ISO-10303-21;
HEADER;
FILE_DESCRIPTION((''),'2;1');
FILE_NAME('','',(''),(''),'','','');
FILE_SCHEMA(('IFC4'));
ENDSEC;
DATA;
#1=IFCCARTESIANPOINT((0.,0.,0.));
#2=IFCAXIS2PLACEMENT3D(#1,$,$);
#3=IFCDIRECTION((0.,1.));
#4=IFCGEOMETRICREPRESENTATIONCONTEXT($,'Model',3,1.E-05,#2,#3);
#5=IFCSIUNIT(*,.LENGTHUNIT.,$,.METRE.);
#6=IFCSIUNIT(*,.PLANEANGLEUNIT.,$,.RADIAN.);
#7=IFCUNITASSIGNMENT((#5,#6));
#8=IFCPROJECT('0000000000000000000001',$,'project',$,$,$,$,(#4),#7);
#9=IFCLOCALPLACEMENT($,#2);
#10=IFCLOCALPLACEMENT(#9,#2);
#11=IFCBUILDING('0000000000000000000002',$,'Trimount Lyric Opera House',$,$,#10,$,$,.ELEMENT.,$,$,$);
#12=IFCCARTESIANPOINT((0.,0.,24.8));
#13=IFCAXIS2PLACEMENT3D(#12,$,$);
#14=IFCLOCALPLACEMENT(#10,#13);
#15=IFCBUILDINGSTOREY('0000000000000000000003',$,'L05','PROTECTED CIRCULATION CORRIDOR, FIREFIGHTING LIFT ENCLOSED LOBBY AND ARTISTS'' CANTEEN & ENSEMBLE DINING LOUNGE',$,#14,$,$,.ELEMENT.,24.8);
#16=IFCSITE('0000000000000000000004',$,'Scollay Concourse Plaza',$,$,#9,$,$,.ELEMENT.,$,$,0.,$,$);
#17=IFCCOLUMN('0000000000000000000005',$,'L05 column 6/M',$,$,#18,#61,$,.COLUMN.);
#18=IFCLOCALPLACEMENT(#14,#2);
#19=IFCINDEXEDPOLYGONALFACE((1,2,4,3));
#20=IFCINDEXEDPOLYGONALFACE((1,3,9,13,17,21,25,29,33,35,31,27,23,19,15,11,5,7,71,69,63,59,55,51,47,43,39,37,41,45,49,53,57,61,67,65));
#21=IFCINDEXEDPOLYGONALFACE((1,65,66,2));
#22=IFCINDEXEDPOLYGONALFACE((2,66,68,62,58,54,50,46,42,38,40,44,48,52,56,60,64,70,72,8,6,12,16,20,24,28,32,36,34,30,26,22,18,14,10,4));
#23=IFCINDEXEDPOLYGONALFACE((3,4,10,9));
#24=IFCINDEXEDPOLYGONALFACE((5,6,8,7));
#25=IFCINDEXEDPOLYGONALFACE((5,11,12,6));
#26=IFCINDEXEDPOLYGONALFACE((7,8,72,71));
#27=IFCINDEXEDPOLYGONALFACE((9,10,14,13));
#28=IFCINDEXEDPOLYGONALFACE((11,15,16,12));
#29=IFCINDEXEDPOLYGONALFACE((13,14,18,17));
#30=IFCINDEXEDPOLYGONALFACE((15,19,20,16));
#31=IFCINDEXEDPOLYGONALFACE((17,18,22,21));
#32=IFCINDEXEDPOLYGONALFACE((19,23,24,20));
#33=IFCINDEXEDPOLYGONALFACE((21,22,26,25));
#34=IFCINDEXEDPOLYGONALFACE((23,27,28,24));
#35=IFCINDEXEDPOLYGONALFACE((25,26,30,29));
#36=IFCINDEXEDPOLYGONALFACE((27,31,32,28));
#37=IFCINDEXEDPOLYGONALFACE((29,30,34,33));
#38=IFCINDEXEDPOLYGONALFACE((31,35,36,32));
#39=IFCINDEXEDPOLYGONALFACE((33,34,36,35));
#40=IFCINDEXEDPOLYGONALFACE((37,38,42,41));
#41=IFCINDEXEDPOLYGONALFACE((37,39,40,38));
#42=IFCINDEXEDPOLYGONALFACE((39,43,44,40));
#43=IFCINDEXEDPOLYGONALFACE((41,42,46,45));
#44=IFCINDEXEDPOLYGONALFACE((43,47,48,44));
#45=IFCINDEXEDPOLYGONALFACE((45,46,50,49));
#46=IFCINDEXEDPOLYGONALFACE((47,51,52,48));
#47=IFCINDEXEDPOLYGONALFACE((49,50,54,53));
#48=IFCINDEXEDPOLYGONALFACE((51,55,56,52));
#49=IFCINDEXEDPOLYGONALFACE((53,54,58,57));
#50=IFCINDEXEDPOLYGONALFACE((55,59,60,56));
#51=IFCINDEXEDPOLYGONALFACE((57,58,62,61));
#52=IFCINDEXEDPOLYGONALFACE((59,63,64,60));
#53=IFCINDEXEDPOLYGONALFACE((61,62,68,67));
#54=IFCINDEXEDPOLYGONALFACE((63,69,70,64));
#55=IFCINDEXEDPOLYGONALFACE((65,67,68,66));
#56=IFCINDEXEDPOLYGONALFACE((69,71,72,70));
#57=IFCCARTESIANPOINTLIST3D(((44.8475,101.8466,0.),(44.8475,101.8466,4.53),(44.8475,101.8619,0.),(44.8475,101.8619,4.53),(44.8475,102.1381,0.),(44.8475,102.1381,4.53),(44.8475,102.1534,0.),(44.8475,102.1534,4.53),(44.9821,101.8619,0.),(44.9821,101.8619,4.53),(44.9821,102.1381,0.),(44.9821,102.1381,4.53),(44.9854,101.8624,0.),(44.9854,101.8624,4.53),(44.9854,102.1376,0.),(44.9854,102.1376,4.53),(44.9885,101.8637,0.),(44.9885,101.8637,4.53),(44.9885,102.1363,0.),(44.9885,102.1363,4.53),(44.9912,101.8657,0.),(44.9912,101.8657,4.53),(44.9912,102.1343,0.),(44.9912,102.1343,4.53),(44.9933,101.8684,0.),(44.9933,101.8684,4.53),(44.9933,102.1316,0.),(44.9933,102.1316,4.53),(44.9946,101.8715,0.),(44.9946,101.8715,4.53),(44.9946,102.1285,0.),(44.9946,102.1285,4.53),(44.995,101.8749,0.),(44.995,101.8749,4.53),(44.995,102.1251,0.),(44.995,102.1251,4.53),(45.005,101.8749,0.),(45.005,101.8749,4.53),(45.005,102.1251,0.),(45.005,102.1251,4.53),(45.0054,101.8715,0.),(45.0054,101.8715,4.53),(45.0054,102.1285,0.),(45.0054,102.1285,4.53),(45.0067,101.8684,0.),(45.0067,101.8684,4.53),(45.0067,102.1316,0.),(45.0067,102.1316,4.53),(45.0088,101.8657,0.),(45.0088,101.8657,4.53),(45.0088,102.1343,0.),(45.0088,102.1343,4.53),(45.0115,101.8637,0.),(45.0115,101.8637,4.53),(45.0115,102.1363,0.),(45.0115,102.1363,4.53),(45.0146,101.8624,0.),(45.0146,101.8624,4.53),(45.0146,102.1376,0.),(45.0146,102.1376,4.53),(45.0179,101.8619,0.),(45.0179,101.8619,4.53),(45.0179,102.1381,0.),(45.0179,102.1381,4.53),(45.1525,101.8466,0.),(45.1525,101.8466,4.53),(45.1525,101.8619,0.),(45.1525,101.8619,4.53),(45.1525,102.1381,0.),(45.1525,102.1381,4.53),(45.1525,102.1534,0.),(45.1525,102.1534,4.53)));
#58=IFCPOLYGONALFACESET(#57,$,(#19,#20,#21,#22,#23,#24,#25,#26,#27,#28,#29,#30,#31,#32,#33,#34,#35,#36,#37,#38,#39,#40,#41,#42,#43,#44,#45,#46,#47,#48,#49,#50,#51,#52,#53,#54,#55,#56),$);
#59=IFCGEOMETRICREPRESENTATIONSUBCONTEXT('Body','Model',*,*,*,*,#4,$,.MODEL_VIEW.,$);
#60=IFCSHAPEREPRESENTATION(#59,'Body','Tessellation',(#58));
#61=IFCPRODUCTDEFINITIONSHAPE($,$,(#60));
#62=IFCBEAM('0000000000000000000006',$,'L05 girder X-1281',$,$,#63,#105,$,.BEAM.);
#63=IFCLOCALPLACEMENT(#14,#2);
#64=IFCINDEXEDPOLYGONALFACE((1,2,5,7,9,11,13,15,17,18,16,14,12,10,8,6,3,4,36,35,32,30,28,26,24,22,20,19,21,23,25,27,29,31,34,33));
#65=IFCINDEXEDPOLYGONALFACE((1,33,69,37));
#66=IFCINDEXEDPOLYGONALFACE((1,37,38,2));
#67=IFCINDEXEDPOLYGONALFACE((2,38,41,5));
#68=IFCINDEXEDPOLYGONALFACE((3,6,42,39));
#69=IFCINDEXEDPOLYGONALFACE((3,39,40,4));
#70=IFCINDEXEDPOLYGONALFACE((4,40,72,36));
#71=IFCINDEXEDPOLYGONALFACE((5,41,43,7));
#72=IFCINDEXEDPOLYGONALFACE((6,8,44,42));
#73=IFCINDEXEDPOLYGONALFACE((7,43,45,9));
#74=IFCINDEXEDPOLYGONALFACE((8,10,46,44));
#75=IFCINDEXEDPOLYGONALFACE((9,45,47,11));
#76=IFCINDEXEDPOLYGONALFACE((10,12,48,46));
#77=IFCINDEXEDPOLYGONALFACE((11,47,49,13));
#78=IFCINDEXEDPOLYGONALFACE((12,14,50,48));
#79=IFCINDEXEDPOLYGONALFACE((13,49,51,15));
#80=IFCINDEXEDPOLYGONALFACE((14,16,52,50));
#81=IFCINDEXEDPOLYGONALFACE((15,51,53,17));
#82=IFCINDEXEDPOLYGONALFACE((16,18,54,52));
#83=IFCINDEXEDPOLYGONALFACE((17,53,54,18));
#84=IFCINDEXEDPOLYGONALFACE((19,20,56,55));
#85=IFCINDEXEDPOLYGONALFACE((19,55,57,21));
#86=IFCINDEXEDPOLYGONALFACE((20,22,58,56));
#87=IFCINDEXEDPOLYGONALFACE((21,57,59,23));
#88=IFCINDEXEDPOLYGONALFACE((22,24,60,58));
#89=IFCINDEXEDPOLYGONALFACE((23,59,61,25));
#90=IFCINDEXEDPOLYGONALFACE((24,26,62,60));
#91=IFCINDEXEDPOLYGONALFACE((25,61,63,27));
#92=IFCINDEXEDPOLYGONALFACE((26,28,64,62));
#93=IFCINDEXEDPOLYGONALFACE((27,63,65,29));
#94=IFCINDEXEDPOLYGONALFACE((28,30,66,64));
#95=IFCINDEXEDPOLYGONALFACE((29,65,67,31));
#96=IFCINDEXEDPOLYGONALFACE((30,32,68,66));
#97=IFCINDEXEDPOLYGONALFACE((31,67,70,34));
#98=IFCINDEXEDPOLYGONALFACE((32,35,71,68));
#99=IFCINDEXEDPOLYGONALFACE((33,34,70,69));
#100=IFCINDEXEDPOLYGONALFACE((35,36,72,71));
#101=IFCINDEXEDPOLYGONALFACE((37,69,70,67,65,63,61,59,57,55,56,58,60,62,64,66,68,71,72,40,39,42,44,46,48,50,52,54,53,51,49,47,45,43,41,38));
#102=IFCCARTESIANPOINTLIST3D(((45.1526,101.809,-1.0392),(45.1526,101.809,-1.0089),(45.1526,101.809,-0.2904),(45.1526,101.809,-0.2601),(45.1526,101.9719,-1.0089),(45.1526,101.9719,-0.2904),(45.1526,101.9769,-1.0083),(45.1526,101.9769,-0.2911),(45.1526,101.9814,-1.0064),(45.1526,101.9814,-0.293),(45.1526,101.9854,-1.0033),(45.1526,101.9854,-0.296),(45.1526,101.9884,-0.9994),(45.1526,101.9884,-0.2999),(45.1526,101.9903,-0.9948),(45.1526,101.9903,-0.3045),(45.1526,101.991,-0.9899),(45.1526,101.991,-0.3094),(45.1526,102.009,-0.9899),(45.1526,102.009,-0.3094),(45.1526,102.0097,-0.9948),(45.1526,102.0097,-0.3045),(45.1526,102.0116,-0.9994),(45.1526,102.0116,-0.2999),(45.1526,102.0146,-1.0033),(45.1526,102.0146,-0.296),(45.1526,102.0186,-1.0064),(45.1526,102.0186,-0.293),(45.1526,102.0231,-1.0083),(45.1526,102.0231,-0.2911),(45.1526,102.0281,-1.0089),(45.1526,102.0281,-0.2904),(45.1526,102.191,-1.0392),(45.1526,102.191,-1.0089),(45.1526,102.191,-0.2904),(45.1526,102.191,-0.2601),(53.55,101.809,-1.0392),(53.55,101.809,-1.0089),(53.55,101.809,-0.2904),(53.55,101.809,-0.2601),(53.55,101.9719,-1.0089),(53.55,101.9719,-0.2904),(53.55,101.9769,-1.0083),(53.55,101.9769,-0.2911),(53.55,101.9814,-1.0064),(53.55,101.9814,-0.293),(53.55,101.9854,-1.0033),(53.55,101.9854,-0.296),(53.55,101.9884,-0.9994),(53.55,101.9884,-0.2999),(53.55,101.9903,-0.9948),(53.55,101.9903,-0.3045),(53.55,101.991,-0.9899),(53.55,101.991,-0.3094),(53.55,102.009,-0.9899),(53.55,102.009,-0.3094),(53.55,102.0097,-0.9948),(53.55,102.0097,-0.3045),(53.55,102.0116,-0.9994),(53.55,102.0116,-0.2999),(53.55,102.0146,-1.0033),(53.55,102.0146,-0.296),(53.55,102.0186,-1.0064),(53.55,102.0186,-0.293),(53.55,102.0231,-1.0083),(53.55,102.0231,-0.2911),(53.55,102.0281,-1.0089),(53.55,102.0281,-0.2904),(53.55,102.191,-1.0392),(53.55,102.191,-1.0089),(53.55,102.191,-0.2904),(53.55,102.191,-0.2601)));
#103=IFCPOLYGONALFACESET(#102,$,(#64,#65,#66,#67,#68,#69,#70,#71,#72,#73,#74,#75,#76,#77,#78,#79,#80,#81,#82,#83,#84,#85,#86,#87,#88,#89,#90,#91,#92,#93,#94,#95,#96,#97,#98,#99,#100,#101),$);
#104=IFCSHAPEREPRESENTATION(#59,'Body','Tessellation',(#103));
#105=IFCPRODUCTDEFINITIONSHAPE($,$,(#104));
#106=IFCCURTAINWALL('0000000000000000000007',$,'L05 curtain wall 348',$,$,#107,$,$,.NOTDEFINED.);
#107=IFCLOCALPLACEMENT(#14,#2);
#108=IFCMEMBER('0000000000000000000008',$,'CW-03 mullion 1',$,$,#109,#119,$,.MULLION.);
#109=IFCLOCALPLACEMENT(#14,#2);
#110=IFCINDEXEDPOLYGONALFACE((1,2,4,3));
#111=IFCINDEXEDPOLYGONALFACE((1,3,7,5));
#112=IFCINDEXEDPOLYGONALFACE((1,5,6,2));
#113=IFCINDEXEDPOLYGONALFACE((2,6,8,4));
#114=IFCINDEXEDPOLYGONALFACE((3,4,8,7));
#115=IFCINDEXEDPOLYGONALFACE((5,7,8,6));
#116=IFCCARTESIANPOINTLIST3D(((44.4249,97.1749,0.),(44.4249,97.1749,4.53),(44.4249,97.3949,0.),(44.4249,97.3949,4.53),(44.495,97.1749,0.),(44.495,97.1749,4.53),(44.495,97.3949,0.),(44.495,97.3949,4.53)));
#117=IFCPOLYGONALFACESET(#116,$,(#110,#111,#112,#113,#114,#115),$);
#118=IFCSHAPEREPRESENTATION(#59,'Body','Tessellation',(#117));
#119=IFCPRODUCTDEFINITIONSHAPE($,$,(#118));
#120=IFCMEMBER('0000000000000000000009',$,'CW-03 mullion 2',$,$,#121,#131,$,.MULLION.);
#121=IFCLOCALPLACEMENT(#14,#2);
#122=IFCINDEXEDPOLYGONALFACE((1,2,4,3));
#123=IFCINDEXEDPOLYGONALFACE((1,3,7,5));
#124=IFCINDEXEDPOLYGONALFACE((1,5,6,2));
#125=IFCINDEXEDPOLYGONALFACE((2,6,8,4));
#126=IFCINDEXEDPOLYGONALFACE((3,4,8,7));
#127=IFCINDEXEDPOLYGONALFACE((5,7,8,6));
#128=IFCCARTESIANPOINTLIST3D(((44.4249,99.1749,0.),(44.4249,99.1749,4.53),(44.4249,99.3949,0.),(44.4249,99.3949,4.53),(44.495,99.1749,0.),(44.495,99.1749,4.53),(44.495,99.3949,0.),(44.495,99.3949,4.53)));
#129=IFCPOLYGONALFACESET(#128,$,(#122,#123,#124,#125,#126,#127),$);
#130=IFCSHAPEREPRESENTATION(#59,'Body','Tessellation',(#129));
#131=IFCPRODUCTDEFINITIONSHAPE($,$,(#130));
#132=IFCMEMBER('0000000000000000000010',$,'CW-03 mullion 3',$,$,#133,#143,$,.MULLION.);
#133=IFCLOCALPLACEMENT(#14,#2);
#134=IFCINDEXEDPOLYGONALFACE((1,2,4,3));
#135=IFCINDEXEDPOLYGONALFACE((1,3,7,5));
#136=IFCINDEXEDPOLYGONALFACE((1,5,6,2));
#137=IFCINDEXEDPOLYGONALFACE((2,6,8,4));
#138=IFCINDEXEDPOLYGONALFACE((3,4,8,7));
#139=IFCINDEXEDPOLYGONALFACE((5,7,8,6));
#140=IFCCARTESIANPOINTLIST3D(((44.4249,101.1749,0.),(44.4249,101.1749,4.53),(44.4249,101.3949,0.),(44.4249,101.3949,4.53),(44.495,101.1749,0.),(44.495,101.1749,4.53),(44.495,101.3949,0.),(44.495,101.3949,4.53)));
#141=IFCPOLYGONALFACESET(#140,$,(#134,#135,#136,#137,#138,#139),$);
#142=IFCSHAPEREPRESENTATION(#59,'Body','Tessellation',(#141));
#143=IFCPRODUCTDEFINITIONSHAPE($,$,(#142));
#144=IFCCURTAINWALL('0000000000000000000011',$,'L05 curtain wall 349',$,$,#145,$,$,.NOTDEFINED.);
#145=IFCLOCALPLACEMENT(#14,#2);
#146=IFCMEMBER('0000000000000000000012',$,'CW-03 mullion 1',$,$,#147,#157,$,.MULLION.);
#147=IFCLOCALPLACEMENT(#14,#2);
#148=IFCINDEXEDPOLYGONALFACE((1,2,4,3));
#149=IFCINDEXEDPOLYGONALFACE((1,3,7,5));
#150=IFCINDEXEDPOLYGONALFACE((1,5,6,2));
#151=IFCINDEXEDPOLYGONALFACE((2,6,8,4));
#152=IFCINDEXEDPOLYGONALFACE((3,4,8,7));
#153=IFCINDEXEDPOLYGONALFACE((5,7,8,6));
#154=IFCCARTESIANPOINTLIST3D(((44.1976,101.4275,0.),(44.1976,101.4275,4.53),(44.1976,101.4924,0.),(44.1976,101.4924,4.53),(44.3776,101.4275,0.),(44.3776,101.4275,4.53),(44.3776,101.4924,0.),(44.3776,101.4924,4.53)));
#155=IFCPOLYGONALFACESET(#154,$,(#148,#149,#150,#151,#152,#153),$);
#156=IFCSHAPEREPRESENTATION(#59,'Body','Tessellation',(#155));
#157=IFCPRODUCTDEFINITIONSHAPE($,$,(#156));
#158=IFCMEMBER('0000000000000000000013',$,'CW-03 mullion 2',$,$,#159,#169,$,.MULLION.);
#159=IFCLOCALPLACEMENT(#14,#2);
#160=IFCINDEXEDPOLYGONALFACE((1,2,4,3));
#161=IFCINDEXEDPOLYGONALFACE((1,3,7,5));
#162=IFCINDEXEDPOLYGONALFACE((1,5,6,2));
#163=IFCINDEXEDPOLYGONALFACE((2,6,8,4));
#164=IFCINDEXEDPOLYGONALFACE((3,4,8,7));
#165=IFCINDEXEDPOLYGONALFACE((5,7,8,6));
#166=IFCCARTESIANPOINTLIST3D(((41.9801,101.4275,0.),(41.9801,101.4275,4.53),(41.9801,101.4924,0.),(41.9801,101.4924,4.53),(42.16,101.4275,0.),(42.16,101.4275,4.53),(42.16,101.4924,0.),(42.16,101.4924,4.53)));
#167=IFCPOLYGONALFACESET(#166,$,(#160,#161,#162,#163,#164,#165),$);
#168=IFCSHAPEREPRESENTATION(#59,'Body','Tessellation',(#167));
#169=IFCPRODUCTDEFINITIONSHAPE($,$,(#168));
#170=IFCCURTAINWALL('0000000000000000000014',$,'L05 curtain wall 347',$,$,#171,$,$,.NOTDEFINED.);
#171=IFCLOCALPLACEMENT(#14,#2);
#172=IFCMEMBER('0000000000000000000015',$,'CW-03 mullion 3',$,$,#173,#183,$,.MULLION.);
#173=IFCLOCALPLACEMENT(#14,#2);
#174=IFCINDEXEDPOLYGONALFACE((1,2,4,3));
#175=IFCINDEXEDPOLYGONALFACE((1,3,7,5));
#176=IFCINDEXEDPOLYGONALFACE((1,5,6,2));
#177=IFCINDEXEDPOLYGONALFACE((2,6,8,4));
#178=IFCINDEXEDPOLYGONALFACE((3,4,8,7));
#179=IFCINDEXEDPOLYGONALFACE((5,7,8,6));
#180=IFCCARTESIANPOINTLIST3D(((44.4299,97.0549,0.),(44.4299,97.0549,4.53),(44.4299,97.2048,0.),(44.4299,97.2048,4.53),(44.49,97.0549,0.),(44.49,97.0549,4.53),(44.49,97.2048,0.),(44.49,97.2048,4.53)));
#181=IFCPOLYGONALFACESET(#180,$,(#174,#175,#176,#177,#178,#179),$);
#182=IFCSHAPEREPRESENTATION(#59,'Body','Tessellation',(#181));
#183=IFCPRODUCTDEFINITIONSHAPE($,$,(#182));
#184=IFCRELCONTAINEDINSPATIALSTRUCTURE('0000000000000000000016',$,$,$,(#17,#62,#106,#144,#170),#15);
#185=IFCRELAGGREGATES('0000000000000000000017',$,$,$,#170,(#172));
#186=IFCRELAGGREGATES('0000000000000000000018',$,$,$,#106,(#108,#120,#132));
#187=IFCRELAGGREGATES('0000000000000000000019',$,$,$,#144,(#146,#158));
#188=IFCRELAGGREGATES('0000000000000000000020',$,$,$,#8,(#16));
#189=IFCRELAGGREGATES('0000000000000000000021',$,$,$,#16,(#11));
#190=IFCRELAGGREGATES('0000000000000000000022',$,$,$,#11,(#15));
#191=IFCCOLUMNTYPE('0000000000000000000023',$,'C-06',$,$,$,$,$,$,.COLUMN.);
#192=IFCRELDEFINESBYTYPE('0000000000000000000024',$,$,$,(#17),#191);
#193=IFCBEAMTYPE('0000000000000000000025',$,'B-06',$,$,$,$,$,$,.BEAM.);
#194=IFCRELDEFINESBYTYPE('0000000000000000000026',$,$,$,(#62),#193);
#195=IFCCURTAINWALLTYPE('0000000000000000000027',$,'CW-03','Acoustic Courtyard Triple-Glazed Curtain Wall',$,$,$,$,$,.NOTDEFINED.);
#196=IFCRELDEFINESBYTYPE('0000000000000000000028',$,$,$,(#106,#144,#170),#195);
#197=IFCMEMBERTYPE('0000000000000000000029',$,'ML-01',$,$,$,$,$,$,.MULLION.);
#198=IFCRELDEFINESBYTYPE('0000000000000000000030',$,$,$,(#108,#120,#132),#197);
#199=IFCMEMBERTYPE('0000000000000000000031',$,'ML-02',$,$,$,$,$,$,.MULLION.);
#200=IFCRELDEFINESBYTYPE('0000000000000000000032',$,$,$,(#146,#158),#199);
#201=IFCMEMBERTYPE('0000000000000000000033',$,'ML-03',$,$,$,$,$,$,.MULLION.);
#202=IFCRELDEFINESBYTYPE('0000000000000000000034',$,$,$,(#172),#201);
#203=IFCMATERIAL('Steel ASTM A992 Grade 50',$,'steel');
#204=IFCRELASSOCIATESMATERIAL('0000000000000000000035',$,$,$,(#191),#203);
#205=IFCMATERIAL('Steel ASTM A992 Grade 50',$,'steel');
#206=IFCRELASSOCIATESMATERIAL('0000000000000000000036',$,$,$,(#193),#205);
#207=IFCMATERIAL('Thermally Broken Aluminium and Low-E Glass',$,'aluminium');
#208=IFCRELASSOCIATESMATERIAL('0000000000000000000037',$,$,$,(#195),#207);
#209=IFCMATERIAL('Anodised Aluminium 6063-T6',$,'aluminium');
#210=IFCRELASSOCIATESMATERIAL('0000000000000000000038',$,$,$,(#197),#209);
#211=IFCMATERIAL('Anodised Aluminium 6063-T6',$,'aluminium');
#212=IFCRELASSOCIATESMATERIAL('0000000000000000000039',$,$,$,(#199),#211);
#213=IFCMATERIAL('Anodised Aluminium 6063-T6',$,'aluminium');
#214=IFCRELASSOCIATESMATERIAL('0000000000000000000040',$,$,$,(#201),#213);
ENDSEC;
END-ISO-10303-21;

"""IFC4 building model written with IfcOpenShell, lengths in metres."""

from ifc_helpers import new_model, si_unit, direction, frame, origin, origin_2d, place, context, subcontext, project, spatial, rectangle, i_section, extrude, material, material_profile, profile_set, type_object, element, aggregate, save


model = new_model("IFC4")

# Units and contexts
model_context = context("Model", 3, precision=1e-05, world=origin(), true_north=direction((0.0, 1.0)))
body_context = subcontext(model_context, "Body", "Model", "MODEL_VIEW")
ifc_project = project(units=[si_unit("LENGTHUNIT", "METRE"), si_unit("PLANEANGLEUNIT", "RADIAN")], contexts=[model_context])

# Site, building, storey
site_placement = place(None, origin())
site = spatial("IfcSite", under=ifc_project, at=site_placement, Name="Scollay Concourse Plaza", CompositionType="ELEMENT", RefElevation=0.0)
building_placement = place(site_placement, origin())
building = spatial("IfcBuilding", under=site, at=building_placement, Name="Trimount Lyric Opera House", CompositionType="ELEMENT")
storey_placement = place(building_placement, frame((0.0, 0.0, 24.8)))
storey = spatial("IfcBuildingStorey", under=building, at=storey_placement, Name="L05", Description="PROTECTED CIRCULATION CORRIDOR, FIREFIGHTING LIFT ENCLOSED LOBBY AND ARTISTS' CANTEEN & ENSEMBLE DINING LOUNGE", CompositionType="ELEMENT", Elevation=24.8)

# Column
ifc_material_1 = material(Name="Steel ASTM A992 Grade 50", Category="steel")
ifc_material_profile_1 = material_profile(ifc_material_1, i_section(OverallWidth=0.3049, OverallDepth=0.3069, WebThickness=0.01, FlangeThickness=0.0154, FilletRadius=0.0129, at=origin_2d()), Name="W12X65")
ifc_profile_set_1 = profile_set([ifc_material_profile_1], Name="Steel ASTM A992 Grade 50")
column_type = type_object("IfcColumnType", Name="C-06", PredefinedType="COLUMN", material=ifc_profile_set_1)
column_placement = place(storey_placement, frame((45.0, 102.0, 0.0), z_axis=(0.0, 0.0, 1.0), x_axis=(1.0, 0.0, 0.0)))
element("IfcColumn", 1, at=column_placement, inside=storey, type_object=column_type, Name="L05 column 6/M", PredefinedType="COLUMN", context=body_context, shape_type="SweptSolid", body=[
    extrude(i_section(OverallWidth=0.3049, OverallDepth=0.3069, WebThickness=0.01, FlangeThickness=0.0154, FilletRadius=0.0129, at=origin_2d()), origin(), (0.0, 0.0, 1.0), 4.53),
])

# Beam
ifc_material_2 = material(Name="Steel ASTM A992 Grade 50", Category="steel")
ifc_material_profile_2 = material_profile(ifc_material_2, i_section(OverallWidth=0.3821, OverallDepth=0.7791, WebThickness=0.0181, FlangeThickness=0.0303, FilletRadius=0.019, at=origin_2d()), Name="W30X191")
ifc_profile_set_2 = profile_set([ifc_material_profile_2], Name="Steel ASTM A992 Grade 50")
beam_type = type_object("IfcBeamType", Name="B-06", PredefinedType="BEAM", material=ifc_profile_set_2)
beam_placement = place(storey_placement, frame((45.1526, 102.0, -0.6497), z_axis=(1.0, 0.0, 0.0), x_axis=(0.0, 1.0, 0.0)))
element("IfcBeam", 2, at=beam_placement, inside=storey, type_object=beam_type, Name="L05 girder X-1281", PredefinedType="BEAM", context=body_context, shape_type="SweptSolid", body=[
    extrude(i_section(OverallWidth=0.3821, OverallDepth=0.7791, WebThickness=0.0181, FlangeThickness=0.0303, FilletRadius=0.019, at=origin_2d()), origin(), (0.0, 0.0, 1.0), 8.3975),
])

# Curtain walls, members
ifc_material_3 = material(Name="Thermally Broken Aluminium and Low-E Glass", Category="aluminium")
curtain_wall_type = type_object("IfcCurtainWallType", Name="CW-03", Description="Acoustic Courtyard Triple-Glazed Curtain Wall", PredefinedType="NOTDEFINED", material=ifc_material_3)
curtain_wall_1_placement = place(storey_placement, origin())
curtain_wall_1 = element("IfcCurtainWall", 3, at=curtain_wall_1_placement, inside=storey, type_object=curtain_wall_type, Name="L05 curtain wall 348", PredefinedType="NOTDEFINED")
ifc_material_4 = material(Name="Anodised Aluminium 6063-T6", Category="aluminium")
ifc_material_profile_3 = material_profile(ifc_material_4, rectangle(XDim=0.0701, YDim=0.22, at=origin_2d()), Name="ALU-MULL-70X220")
ifc_profile_set_3 = profile_set([ifc_material_profile_3], Name="Anodised Aluminium 6063-T6")
member_type_1 = type_object("IfcMemberType", Name="ML-01", PredefinedType="MULLION", material=ifc_profile_set_3)
member_1_placement = place(storey_placement, frame((44.46, 97.2849, 0.0), z_axis=(0.0, 0.0, 1.0), x_axis=(-1.0, 0.0, 0.0)))
member_1 = element("IfcMember", 4, at=member_1_placement, type_object=member_type_1, Name="CW-03 mullion 1", PredefinedType="MULLION", context=body_context, shape_type="SweptSolid", body=[
    extrude(rectangle(XDim=0.0701, YDim=0.22, at=origin_2d()), origin(), (0.0, 0.0, 1.0), 4.53),
])
member_2_placement = place(storey_placement, frame((44.46, 99.2849, 0.0), z_axis=(0.0, 0.0, 1.0), x_axis=(-1.0, 0.0, 0.0)))
member_2 = element("IfcMember", 5, at=member_2_placement, type_object=member_type_1, Name="CW-03 mullion 2", PredefinedType="MULLION", context=body_context, shape_type="SweptSolid", body=[
    extrude(rectangle(XDim=0.0701, YDim=0.22, at=origin_2d()), origin(), (0.0, 0.0, 1.0), 4.53),
])
member_3_placement = place(storey_placement, frame((44.46, 101.2849, 0.0), z_axis=(0.0, 0.0, 1.0), x_axis=(-1.0, 0.0, 0.0)))
member_3 = element("IfcMember", 6, at=member_3_placement, type_object=member_type_1, Name="CW-03 mullion 3", PredefinedType="MULLION", context=body_context, shape_type="SweptSolid", body=[
    extrude(rectangle(XDim=0.0701, YDim=0.22, at=origin_2d()), origin(), (0.0, 0.0, 1.0), 4.53),
])
curtain_wall_2_placement = place(storey_placement, origin())
curtain_wall_2 = element("IfcCurtainWall", 7, at=curtain_wall_2_placement, inside=storey, type_object=curtain_wall_type, Name="L05 curtain wall 349", PredefinedType="NOTDEFINED")
ifc_material_5 = material(Name="Anodised Aluminium 6063-T6", Category="aluminium")
ifc_material_profile_4 = material_profile(ifc_material_5, rectangle(XDim=0.0649, YDim=0.1799, at=origin_2d()), Name="ALU-MULL-65X180")
ifc_profile_set_4 = profile_set([ifc_material_profile_4], Name="Anodised Aluminium 6063-T6")
member_type_2 = type_object("IfcMemberType", Name="ML-02", PredefinedType="MULLION", material=ifc_profile_set_4)
member_4_placement = place(storey_placement, frame((44.2876, 101.46, 0.0), z_axis=(0.0, 0.0, 1.0), x_axis=(0.0, -1.0, 0.0)))
member_4 = element("IfcMember", 8, at=member_4_placement, type_object=member_type_2, Name="CW-03 mullion 1", PredefinedType="MULLION", context=body_context, shape_type="SweptSolid", body=[
    extrude(rectangle(XDim=0.0649, YDim=0.1799, at=origin_2d()), origin(), (0.0, 0.0, 1.0), 4.53),
])
member_5_placement = place(storey_placement, frame((42.0701, 101.46, 0.0), z_axis=(0.0, 0.0, 1.0), x_axis=(0.0, -1.0, 0.0)))
member_5 = element("IfcMember", 9, at=member_5_placement, type_object=member_type_2, Name="CW-03 mullion 2", PredefinedType="MULLION", context=body_context, shape_type="SweptSolid", body=[
    extrude(rectangle(XDim=0.0649, YDim=0.1799, at=origin_2d()), origin(), (0.0, 0.0, 1.0), 4.53),
])

# Curtain wall, member
curtain_wall_3_placement = place(storey_placement, origin())
curtain_wall_3 = element("IfcCurtainWall", 10, at=curtain_wall_3_placement, inside=storey, type_object=curtain_wall_type, Name="L05 curtain wall 347", PredefinedType="NOTDEFINED")
ifc_material_6 = material(Name="Anodised Aluminium 6063-T6", Category="aluminium")
ifc_material_profile_5 = material_profile(ifc_material_6, rectangle(XDim=0.0601, YDim=0.1499, at=origin_2d()), Name="ALU-MULL-60X150")
ifc_profile_set_5 = profile_set([ifc_material_profile_5], Name="Anodised Aluminium 6063-T6")
member_type_3 = type_object("IfcMemberType", Name="ML-03", PredefinedType="MULLION", material=ifc_profile_set_5)
member_6_placement = place(storey_placement, frame((44.46, 97.1299, 0.0), z_axis=(0.0, 0.0, 1.0), x_axis=(-1.0, 0.0, 0.0)))
member_6 = element("IfcMember", 11, at=member_6_placement, type_object=member_type_3, Name="CW-03 mullion 3", PredefinedType="MULLION", context=body_context, shape_type="SweptSolid", body=[
    extrude(rectangle(XDim=0.0601, YDim=0.1499, at=origin_2d()), origin(), (0.0, 0.0, 1.0), 4.53),
])

aggregate(curtain_wall_3, [member_6])
aggregate(curtain_wall_1, [member_1, member_2, member_3])
aggregate(curtain_wall_2, [member_4, member_5])

save(model, "model.ifc")
